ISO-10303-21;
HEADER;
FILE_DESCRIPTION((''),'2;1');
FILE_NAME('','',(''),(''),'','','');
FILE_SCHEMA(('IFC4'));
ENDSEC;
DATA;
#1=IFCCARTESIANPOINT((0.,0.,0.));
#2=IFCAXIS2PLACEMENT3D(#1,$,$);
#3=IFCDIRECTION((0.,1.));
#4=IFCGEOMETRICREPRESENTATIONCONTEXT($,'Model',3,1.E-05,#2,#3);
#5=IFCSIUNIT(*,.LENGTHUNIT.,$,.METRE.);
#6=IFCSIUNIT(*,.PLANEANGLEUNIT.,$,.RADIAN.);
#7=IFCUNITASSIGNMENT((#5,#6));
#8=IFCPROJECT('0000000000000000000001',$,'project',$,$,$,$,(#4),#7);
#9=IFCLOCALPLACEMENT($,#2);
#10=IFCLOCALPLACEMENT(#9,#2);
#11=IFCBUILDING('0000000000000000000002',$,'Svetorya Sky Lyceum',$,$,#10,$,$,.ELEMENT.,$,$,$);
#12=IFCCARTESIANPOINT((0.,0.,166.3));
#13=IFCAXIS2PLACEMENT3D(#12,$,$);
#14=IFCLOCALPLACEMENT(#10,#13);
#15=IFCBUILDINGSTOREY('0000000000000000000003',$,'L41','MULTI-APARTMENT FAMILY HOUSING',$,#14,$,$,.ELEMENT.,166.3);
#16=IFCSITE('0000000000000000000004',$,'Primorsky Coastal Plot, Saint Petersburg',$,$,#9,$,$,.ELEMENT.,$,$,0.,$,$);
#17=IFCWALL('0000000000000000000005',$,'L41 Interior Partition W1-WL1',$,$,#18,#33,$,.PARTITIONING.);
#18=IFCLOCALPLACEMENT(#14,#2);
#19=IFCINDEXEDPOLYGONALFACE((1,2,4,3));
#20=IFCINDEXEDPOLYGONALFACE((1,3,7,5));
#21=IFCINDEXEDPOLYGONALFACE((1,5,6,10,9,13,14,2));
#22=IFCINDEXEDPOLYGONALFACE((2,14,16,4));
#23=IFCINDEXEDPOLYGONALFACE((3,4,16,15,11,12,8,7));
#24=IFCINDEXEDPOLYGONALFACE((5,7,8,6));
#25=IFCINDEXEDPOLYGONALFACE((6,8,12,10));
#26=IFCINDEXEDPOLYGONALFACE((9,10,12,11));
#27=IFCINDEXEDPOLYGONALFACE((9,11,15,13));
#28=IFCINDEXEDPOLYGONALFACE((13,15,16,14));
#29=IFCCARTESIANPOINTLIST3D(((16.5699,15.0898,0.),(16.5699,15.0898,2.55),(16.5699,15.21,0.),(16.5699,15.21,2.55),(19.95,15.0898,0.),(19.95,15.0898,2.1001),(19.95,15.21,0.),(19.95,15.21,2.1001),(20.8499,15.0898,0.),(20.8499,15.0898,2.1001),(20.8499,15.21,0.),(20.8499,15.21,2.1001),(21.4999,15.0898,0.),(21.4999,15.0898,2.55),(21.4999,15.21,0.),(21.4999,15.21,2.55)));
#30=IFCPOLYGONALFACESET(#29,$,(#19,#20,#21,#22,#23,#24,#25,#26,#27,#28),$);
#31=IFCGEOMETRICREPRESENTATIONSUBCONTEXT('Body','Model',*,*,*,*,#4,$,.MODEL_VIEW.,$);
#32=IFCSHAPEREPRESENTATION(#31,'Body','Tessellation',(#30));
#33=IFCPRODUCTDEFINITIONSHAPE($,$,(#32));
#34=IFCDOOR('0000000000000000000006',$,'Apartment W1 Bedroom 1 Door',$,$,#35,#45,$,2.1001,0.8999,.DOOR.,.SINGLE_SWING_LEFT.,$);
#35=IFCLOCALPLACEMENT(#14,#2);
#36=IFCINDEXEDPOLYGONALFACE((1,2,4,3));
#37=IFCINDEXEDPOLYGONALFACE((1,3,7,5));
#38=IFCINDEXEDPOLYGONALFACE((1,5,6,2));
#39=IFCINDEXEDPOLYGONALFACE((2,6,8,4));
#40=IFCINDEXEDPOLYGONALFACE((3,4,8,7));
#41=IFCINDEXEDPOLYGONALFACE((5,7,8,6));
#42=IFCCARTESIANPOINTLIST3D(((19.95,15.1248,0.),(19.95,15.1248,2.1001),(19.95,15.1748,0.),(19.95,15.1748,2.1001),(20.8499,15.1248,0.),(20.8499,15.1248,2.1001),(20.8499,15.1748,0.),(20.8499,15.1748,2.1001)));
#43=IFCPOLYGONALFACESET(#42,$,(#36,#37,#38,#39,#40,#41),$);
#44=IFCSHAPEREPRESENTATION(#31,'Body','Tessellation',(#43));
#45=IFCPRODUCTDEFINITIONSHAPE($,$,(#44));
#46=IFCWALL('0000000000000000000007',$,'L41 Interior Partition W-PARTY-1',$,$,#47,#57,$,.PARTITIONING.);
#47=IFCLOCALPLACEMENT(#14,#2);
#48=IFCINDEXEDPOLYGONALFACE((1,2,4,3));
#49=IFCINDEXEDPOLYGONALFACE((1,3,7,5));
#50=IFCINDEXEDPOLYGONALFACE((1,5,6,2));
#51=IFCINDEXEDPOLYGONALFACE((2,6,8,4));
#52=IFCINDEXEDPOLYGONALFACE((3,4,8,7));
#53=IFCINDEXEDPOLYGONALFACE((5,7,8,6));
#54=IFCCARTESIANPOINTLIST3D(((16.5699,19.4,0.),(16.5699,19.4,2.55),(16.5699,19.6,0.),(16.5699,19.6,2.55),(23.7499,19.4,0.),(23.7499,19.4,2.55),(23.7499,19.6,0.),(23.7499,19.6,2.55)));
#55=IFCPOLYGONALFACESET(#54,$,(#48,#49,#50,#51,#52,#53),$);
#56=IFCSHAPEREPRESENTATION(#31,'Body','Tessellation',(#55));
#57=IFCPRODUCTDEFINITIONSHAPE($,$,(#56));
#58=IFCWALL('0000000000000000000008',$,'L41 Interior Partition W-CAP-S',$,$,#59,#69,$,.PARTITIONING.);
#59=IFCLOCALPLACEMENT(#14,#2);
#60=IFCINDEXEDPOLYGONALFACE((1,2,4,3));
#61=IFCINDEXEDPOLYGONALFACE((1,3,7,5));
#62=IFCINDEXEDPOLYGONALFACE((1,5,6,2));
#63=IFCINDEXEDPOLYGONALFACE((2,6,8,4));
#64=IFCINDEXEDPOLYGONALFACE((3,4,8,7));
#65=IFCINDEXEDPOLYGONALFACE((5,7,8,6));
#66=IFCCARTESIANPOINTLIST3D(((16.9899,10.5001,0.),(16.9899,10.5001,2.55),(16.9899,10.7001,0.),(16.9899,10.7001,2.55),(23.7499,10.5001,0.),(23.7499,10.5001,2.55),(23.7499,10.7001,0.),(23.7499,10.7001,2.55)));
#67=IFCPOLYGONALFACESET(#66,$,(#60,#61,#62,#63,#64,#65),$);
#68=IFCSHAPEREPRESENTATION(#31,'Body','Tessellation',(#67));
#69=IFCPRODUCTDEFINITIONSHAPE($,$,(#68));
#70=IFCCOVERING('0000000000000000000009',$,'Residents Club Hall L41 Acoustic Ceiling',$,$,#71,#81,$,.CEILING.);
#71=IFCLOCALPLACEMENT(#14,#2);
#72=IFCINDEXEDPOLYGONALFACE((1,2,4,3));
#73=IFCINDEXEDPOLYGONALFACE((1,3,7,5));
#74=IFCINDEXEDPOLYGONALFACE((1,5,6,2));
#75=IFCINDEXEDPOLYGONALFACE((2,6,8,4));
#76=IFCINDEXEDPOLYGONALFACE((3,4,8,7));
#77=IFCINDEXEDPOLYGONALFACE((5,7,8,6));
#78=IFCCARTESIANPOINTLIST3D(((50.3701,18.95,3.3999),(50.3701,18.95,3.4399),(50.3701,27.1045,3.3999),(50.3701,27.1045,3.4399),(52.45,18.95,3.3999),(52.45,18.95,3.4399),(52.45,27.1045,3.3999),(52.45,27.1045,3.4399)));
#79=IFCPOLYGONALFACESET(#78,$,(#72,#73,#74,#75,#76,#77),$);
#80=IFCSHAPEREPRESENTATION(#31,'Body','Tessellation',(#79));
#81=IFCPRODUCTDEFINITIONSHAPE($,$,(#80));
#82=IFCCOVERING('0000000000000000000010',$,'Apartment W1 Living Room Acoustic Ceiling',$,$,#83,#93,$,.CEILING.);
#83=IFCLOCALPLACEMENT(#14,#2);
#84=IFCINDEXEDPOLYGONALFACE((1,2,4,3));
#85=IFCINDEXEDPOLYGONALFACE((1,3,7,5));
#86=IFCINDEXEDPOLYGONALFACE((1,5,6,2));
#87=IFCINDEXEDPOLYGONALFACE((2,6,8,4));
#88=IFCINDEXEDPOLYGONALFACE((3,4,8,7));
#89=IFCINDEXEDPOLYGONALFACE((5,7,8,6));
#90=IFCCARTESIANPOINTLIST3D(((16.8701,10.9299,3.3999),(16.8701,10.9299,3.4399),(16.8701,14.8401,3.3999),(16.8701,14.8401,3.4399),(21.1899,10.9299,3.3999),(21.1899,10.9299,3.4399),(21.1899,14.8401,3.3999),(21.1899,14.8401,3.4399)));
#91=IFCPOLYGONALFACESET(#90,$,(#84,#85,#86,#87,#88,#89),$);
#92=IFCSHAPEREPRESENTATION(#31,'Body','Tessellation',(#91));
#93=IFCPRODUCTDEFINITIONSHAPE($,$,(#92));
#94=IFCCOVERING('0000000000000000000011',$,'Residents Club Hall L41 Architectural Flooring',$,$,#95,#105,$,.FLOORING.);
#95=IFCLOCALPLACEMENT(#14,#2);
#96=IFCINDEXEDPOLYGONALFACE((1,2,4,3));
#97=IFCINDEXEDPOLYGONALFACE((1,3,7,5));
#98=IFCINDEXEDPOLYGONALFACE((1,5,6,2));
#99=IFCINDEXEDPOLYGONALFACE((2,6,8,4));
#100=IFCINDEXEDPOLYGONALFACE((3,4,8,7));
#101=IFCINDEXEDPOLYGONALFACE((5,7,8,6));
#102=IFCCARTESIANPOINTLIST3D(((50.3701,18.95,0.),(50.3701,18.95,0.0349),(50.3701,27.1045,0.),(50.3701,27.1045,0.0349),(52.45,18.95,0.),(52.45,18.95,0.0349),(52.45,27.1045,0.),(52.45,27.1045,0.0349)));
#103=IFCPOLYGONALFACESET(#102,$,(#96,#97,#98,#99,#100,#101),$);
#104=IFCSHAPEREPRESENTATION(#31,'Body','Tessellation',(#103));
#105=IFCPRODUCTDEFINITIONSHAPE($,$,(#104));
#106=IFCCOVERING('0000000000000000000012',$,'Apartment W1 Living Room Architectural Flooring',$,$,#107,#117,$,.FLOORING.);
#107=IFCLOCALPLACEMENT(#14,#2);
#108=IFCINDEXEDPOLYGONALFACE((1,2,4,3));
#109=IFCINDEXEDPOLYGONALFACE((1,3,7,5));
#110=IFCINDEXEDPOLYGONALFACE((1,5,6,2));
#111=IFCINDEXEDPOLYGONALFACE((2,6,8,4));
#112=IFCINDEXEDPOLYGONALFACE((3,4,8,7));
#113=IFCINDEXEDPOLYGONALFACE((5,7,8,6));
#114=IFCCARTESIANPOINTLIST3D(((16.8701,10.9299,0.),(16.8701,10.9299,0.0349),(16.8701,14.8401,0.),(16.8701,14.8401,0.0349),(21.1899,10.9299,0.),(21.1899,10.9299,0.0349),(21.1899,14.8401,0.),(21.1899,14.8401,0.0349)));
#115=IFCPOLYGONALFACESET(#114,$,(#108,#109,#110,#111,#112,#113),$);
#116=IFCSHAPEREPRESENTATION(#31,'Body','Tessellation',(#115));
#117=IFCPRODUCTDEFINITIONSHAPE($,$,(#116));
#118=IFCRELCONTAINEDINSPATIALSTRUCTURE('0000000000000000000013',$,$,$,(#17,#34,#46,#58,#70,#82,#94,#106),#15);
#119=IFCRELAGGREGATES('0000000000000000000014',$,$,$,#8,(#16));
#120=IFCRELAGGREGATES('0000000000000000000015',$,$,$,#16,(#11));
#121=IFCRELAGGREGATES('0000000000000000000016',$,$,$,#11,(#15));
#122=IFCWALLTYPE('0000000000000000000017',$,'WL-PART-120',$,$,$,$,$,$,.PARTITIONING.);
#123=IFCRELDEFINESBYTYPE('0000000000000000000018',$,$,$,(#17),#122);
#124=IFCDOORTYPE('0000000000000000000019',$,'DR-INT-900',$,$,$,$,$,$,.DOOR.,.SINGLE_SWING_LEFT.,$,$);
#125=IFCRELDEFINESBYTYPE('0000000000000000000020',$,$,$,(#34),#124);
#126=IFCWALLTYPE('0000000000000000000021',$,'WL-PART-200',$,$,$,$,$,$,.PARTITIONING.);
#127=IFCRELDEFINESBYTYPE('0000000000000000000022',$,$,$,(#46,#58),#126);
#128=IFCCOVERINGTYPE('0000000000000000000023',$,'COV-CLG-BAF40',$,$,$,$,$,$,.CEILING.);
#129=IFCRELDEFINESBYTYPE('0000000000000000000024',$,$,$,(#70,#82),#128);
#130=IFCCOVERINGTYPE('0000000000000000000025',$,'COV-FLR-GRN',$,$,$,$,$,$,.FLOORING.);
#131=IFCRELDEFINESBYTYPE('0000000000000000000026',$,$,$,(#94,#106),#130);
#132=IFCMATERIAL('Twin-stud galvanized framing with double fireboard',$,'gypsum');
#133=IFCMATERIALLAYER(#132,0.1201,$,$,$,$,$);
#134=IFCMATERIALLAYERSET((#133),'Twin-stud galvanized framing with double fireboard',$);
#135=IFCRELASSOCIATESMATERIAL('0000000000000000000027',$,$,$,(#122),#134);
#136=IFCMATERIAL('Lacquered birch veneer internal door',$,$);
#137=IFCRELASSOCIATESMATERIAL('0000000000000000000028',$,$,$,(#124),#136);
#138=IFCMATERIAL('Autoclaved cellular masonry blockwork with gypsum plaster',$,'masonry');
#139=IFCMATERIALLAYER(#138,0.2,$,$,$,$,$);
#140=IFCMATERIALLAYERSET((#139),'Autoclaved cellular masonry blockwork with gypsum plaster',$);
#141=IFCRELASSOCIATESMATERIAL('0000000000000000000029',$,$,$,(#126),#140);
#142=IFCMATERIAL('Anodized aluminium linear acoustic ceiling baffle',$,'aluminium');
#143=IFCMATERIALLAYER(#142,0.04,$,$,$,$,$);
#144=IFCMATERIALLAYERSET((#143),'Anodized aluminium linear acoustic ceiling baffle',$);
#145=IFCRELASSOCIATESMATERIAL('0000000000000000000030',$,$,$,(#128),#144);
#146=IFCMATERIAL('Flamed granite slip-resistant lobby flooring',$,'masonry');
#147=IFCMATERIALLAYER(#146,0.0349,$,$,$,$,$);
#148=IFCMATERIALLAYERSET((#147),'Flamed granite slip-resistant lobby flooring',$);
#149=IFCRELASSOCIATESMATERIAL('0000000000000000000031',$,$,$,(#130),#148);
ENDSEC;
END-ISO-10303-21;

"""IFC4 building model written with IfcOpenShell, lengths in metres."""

from ifc_helpers import new_model, si_unit, direction, frame, frame_2d, origin, place, context, subcontext, project, spatial, polyline, rectangle, outline, extrude, material, layer, layer_set, type_object, element, fill, save


model = new_model("IFC4")

# Units and contexts
model_context = context("Model", 3, precision=1e-05, world=origin(), true_north=direction((0.0, 1.0)))
body_context = subcontext(model_context, "Body", "Model", "MODEL_VIEW")
ifc_project = project(units=[si_unit("LENGTHUNIT", "METRE"), si_unit("PLANEANGLEUNIT", "RADIAN")], contexts=[model_context])

# Site, building, storey
site_placement = place(None, origin())
site = spatial("IfcSite", under=ifc_project, at=site_placement, Name="Primorsky Coastal Plot, Saint Petersburg", CompositionType="ELEMENT", RefElevation=0.0)
building_placement = place(site_placement, origin())
building = spatial("IfcBuilding", under=site, at=building_placement, Name="Svetorya Sky Lyceum", CompositionType="ELEMENT")
storey_placement = place(building_placement, frame((0.0, 0.0, 166.3)))
storey = spatial("IfcBuildingStorey", under=building, at=storey_placement, Name="L41", Description="MULTI-APARTMENT FAMILY HOUSING", CompositionType="ELEMENT", Elevation=166.3)

# Wall, opening, door
ifc_material_1 = material(Name="Twin-stud galvanized framing with double fireboard", Category="gypsum")
ifc_layer_1 = layer(ifc_material_1, 0.1201)
ifc_layer_set_1 = layer_set([ifc_layer_1], Name="Twin-stud galvanized framing with double fireboard")
wall_type_1 = type_object("IfcWallType", Name="WL-PART-120", PredefinedType="PARTITIONING", material=ifc_layer_set_1)
wall_1_placement = place(storey_placement, frame((16.5701, 15.1499, 0.0), z_axis=(0.0, 0.0, 1.0), x_axis=(1.0, 0.0, 0.0)))
wall_1 = element("IfcWall", 1, at=wall_1_placement, inside=storey, type_object=wall_type_1, Name="L41 Interior Partition W1-WL1", PredefinedType="PARTITIONING", context=body_context, shape_type="SweptSolid", body=[
    extrude(rectangle(XDim=4.9299, YDim=0.1201, at=frame_2d((2.4648, 0.0))), origin(), (0.0, 0.0, 1.0), 2.55),
])
opening_placement = place(wall_1_placement, frame((3.3799, 0.0, 0.0)))
opening = element("IfcOpeningElement", 2, at=opening_placement, cuts=wall_1, PredefinedType="OPENING", context=body_context, shape_type="SweptSolid", body=[
    extrude(rectangle(XDim=0.8999, YDim=2.1001, at=frame_2d((0.45, 1.05))), frame((0.0, 0.0701, 0.0), z_axis=(0.0, -1.0, 0.0), x_axis=(1.0, 0.0, 0.0)), (0.0, 0.0, 1.0), 0.1401),
])
ifc_material_2 = material(Name="Lacquered birch veneer internal door")
door_type = type_object("IfcDoorType", Name="DR-INT-900", OperationType="SINGLE_SWING_LEFT", PredefinedType="DOOR", material=ifc_material_2)
door_placement = place(opening_placement, origin())
door = element("IfcDoor", 3, at=door_placement, inside=storey, type_object=door_type, Name="Apartment W1 Bedroom 1 Door", OperationType="SINGLE_SWING_LEFT", OverallHeight=2.1001, OverallWidth=0.8999, PredefinedType="DOOR", context=body_context, shape_type="SweptSolid", body=[
    extrude(rectangle(XDim=0.8999, YDim=2.1001, at=frame_2d((0.45, 1.05))), frame((0.0, 0.0249, 0.0), z_axis=(0.0, -1.0, 0.0), x_axis=(1.0, 0.0, 0.0)), (0.0, 0.0, 1.0), 0.05),
])
fill(opening, door)

# Walls
ifc_material_3 = material(Name="Autoclaved cellular masonry blockwork with gypsum plaster", Category="masonry")
ifc_layer_2 = layer(ifc_material_3, 0.2)
ifc_layer_set_2 = layer_set([ifc_layer_2], Name="Autoclaved cellular masonry blockwork with gypsum plaster")
wall_type_2 = type_object("IfcWallType", Name="WL-PART-200", PredefinedType="PARTITIONING", material=ifc_layer_set_2)
wall_2_placement = place(storey_placement, frame((16.5701, 19.5, 0.0), z_axis=(0.0, 0.0, 1.0), x_axis=(1.0, 0.0, 0.0)))
element("IfcWall", 4, at=wall_2_placement, inside=storey, type_object=wall_type_2, Name="L41 Interior Partition W-PARTY-1", PredefinedType="PARTITIONING", context=body_context, shape_type="SweptSolid", body=[
    extrude(rectangle(XDim=7.1799, YDim=0.2, at=frame_2d((3.5898, 0.0))), origin(), (0.0, 0.0, 1.0), 2.55),
])
wall_3_placement = place(storey_placement, frame((16.99, 10.6001, 0.0), z_axis=(0.0, 0.0, 1.0), x_axis=(1.0, 0.0, 0.0)))
element("IfcWall", 5, at=wall_3_placement, inside=storey, type_object=wall_type_2, Name="L41 Interior Partition W-CAP-S", PredefinedType="PARTITIONING", context=body_context, shape_type="SweptSolid", body=[
    extrude(rectangle(XDim=6.76, YDim=0.2, at=frame_2d((3.3799, 0.0))), origin(), (0.0, 0.0, 1.0), 2.55),
])

# Coverings
ifc_material_4 = material(Name="Anodized aluminium linear acoustic ceiling baffle", Category="aluminium")
ifc_layer_3 = layer(ifc_material_4, 0.04)
ifc_layer_set_3 = layer_set([ifc_layer_3], Name="Anodized aluminium linear acoustic ceiling baffle")
covering_type_1 = type_object("IfcCoveringType", Name="COV-CLG-BAF40", PredefinedType="CEILING", material=ifc_layer_set_3)
covering_1_placement = place(storey_placement, frame((0.0, 0.0, 3.3999)))
element("IfcCovering", 6, at=covering_1_placement, inside=storey, type_object=covering_type_1, Name="Residents Club Hall L41 Acoustic Ceiling", PredefinedType="CEILING", context=body_context, shape_type="SweptSolid", body=[
    extrude(outline(polyline([(50.3701, 18.95), (52.45, 18.95), (52.45, 27.1045), (50.3701, 27.1045), (50.3701, 18.95)])), origin(), (0.0, 0.0, 1.0), 0.04),
])
covering_2_placement = place(storey_placement, frame((0.0, 0.0, 3.3999)))
element("IfcCovering", 7, at=covering_2_placement, inside=storey, type_object=covering_type_1, Name="Apartment W1 Living Room Acoustic Ceiling", PredefinedType="CEILING", context=body_context, shape_type="SweptSolid", body=[
    extrude(outline(polyline([(16.8701, 10.9299), (21.1899, 10.9299), (21.1899, 14.8401), (16.8701, 14.8401), (16.8701, 10.9299)])), origin(), (0.0, 0.0, 1.0), 0.04),
])
ifc_material_5 = material(Name="Flamed granite slip-resistant lobby flooring", Category="masonry")
ifc_layer_4 = layer(ifc_material_5, 0.0349)
ifc_layer_set_4 = layer_set([ifc_layer_4], Name="Flamed granite slip-resistant lobby flooring")
covering_type_2 = type_object("IfcCoveringType", Name="COV-FLR-GRN", PredefinedType="FLOORING", material=ifc_layer_set_4)
covering_3_placement = place(storey_placement, origin())
element("IfcCovering", 8, at=covering_3_placement, inside=storey, type_object=covering_type_2, Name="Residents Club Hall L41 Architectural Flooring", PredefinedType="FLOORING", context=body_context, shape_type="SweptSolid", body=[
    extrude(outline(polyline([(50.3701, 18.95), (52.45, 18.95), (52.45, 27.1045), (50.3701, 27.1045), (50.3701, 18.95)])), origin(), (0.0, 0.0, 1.0), 0.0349),
])
covering_4_placement = place(storey_placement, origin())
element("IfcCovering", 9, at=covering_4_placement, inside=storey, type_object=covering_type_2, Name="Apartment W1 Living Room Architectural Flooring", PredefinedType="FLOORING", context=body_context, shape_type="SweptSolid", body=[
    extrude(outline(polyline([(16.8701, 10.9299), (21.1899, 10.9299), (21.1899, 14.8401), (16.8701, 14.8401), (16.8701, 10.9299)])), origin(), (0.0, 0.0, 1.0), 0.0349),
])

save(model, "model.ifc")
